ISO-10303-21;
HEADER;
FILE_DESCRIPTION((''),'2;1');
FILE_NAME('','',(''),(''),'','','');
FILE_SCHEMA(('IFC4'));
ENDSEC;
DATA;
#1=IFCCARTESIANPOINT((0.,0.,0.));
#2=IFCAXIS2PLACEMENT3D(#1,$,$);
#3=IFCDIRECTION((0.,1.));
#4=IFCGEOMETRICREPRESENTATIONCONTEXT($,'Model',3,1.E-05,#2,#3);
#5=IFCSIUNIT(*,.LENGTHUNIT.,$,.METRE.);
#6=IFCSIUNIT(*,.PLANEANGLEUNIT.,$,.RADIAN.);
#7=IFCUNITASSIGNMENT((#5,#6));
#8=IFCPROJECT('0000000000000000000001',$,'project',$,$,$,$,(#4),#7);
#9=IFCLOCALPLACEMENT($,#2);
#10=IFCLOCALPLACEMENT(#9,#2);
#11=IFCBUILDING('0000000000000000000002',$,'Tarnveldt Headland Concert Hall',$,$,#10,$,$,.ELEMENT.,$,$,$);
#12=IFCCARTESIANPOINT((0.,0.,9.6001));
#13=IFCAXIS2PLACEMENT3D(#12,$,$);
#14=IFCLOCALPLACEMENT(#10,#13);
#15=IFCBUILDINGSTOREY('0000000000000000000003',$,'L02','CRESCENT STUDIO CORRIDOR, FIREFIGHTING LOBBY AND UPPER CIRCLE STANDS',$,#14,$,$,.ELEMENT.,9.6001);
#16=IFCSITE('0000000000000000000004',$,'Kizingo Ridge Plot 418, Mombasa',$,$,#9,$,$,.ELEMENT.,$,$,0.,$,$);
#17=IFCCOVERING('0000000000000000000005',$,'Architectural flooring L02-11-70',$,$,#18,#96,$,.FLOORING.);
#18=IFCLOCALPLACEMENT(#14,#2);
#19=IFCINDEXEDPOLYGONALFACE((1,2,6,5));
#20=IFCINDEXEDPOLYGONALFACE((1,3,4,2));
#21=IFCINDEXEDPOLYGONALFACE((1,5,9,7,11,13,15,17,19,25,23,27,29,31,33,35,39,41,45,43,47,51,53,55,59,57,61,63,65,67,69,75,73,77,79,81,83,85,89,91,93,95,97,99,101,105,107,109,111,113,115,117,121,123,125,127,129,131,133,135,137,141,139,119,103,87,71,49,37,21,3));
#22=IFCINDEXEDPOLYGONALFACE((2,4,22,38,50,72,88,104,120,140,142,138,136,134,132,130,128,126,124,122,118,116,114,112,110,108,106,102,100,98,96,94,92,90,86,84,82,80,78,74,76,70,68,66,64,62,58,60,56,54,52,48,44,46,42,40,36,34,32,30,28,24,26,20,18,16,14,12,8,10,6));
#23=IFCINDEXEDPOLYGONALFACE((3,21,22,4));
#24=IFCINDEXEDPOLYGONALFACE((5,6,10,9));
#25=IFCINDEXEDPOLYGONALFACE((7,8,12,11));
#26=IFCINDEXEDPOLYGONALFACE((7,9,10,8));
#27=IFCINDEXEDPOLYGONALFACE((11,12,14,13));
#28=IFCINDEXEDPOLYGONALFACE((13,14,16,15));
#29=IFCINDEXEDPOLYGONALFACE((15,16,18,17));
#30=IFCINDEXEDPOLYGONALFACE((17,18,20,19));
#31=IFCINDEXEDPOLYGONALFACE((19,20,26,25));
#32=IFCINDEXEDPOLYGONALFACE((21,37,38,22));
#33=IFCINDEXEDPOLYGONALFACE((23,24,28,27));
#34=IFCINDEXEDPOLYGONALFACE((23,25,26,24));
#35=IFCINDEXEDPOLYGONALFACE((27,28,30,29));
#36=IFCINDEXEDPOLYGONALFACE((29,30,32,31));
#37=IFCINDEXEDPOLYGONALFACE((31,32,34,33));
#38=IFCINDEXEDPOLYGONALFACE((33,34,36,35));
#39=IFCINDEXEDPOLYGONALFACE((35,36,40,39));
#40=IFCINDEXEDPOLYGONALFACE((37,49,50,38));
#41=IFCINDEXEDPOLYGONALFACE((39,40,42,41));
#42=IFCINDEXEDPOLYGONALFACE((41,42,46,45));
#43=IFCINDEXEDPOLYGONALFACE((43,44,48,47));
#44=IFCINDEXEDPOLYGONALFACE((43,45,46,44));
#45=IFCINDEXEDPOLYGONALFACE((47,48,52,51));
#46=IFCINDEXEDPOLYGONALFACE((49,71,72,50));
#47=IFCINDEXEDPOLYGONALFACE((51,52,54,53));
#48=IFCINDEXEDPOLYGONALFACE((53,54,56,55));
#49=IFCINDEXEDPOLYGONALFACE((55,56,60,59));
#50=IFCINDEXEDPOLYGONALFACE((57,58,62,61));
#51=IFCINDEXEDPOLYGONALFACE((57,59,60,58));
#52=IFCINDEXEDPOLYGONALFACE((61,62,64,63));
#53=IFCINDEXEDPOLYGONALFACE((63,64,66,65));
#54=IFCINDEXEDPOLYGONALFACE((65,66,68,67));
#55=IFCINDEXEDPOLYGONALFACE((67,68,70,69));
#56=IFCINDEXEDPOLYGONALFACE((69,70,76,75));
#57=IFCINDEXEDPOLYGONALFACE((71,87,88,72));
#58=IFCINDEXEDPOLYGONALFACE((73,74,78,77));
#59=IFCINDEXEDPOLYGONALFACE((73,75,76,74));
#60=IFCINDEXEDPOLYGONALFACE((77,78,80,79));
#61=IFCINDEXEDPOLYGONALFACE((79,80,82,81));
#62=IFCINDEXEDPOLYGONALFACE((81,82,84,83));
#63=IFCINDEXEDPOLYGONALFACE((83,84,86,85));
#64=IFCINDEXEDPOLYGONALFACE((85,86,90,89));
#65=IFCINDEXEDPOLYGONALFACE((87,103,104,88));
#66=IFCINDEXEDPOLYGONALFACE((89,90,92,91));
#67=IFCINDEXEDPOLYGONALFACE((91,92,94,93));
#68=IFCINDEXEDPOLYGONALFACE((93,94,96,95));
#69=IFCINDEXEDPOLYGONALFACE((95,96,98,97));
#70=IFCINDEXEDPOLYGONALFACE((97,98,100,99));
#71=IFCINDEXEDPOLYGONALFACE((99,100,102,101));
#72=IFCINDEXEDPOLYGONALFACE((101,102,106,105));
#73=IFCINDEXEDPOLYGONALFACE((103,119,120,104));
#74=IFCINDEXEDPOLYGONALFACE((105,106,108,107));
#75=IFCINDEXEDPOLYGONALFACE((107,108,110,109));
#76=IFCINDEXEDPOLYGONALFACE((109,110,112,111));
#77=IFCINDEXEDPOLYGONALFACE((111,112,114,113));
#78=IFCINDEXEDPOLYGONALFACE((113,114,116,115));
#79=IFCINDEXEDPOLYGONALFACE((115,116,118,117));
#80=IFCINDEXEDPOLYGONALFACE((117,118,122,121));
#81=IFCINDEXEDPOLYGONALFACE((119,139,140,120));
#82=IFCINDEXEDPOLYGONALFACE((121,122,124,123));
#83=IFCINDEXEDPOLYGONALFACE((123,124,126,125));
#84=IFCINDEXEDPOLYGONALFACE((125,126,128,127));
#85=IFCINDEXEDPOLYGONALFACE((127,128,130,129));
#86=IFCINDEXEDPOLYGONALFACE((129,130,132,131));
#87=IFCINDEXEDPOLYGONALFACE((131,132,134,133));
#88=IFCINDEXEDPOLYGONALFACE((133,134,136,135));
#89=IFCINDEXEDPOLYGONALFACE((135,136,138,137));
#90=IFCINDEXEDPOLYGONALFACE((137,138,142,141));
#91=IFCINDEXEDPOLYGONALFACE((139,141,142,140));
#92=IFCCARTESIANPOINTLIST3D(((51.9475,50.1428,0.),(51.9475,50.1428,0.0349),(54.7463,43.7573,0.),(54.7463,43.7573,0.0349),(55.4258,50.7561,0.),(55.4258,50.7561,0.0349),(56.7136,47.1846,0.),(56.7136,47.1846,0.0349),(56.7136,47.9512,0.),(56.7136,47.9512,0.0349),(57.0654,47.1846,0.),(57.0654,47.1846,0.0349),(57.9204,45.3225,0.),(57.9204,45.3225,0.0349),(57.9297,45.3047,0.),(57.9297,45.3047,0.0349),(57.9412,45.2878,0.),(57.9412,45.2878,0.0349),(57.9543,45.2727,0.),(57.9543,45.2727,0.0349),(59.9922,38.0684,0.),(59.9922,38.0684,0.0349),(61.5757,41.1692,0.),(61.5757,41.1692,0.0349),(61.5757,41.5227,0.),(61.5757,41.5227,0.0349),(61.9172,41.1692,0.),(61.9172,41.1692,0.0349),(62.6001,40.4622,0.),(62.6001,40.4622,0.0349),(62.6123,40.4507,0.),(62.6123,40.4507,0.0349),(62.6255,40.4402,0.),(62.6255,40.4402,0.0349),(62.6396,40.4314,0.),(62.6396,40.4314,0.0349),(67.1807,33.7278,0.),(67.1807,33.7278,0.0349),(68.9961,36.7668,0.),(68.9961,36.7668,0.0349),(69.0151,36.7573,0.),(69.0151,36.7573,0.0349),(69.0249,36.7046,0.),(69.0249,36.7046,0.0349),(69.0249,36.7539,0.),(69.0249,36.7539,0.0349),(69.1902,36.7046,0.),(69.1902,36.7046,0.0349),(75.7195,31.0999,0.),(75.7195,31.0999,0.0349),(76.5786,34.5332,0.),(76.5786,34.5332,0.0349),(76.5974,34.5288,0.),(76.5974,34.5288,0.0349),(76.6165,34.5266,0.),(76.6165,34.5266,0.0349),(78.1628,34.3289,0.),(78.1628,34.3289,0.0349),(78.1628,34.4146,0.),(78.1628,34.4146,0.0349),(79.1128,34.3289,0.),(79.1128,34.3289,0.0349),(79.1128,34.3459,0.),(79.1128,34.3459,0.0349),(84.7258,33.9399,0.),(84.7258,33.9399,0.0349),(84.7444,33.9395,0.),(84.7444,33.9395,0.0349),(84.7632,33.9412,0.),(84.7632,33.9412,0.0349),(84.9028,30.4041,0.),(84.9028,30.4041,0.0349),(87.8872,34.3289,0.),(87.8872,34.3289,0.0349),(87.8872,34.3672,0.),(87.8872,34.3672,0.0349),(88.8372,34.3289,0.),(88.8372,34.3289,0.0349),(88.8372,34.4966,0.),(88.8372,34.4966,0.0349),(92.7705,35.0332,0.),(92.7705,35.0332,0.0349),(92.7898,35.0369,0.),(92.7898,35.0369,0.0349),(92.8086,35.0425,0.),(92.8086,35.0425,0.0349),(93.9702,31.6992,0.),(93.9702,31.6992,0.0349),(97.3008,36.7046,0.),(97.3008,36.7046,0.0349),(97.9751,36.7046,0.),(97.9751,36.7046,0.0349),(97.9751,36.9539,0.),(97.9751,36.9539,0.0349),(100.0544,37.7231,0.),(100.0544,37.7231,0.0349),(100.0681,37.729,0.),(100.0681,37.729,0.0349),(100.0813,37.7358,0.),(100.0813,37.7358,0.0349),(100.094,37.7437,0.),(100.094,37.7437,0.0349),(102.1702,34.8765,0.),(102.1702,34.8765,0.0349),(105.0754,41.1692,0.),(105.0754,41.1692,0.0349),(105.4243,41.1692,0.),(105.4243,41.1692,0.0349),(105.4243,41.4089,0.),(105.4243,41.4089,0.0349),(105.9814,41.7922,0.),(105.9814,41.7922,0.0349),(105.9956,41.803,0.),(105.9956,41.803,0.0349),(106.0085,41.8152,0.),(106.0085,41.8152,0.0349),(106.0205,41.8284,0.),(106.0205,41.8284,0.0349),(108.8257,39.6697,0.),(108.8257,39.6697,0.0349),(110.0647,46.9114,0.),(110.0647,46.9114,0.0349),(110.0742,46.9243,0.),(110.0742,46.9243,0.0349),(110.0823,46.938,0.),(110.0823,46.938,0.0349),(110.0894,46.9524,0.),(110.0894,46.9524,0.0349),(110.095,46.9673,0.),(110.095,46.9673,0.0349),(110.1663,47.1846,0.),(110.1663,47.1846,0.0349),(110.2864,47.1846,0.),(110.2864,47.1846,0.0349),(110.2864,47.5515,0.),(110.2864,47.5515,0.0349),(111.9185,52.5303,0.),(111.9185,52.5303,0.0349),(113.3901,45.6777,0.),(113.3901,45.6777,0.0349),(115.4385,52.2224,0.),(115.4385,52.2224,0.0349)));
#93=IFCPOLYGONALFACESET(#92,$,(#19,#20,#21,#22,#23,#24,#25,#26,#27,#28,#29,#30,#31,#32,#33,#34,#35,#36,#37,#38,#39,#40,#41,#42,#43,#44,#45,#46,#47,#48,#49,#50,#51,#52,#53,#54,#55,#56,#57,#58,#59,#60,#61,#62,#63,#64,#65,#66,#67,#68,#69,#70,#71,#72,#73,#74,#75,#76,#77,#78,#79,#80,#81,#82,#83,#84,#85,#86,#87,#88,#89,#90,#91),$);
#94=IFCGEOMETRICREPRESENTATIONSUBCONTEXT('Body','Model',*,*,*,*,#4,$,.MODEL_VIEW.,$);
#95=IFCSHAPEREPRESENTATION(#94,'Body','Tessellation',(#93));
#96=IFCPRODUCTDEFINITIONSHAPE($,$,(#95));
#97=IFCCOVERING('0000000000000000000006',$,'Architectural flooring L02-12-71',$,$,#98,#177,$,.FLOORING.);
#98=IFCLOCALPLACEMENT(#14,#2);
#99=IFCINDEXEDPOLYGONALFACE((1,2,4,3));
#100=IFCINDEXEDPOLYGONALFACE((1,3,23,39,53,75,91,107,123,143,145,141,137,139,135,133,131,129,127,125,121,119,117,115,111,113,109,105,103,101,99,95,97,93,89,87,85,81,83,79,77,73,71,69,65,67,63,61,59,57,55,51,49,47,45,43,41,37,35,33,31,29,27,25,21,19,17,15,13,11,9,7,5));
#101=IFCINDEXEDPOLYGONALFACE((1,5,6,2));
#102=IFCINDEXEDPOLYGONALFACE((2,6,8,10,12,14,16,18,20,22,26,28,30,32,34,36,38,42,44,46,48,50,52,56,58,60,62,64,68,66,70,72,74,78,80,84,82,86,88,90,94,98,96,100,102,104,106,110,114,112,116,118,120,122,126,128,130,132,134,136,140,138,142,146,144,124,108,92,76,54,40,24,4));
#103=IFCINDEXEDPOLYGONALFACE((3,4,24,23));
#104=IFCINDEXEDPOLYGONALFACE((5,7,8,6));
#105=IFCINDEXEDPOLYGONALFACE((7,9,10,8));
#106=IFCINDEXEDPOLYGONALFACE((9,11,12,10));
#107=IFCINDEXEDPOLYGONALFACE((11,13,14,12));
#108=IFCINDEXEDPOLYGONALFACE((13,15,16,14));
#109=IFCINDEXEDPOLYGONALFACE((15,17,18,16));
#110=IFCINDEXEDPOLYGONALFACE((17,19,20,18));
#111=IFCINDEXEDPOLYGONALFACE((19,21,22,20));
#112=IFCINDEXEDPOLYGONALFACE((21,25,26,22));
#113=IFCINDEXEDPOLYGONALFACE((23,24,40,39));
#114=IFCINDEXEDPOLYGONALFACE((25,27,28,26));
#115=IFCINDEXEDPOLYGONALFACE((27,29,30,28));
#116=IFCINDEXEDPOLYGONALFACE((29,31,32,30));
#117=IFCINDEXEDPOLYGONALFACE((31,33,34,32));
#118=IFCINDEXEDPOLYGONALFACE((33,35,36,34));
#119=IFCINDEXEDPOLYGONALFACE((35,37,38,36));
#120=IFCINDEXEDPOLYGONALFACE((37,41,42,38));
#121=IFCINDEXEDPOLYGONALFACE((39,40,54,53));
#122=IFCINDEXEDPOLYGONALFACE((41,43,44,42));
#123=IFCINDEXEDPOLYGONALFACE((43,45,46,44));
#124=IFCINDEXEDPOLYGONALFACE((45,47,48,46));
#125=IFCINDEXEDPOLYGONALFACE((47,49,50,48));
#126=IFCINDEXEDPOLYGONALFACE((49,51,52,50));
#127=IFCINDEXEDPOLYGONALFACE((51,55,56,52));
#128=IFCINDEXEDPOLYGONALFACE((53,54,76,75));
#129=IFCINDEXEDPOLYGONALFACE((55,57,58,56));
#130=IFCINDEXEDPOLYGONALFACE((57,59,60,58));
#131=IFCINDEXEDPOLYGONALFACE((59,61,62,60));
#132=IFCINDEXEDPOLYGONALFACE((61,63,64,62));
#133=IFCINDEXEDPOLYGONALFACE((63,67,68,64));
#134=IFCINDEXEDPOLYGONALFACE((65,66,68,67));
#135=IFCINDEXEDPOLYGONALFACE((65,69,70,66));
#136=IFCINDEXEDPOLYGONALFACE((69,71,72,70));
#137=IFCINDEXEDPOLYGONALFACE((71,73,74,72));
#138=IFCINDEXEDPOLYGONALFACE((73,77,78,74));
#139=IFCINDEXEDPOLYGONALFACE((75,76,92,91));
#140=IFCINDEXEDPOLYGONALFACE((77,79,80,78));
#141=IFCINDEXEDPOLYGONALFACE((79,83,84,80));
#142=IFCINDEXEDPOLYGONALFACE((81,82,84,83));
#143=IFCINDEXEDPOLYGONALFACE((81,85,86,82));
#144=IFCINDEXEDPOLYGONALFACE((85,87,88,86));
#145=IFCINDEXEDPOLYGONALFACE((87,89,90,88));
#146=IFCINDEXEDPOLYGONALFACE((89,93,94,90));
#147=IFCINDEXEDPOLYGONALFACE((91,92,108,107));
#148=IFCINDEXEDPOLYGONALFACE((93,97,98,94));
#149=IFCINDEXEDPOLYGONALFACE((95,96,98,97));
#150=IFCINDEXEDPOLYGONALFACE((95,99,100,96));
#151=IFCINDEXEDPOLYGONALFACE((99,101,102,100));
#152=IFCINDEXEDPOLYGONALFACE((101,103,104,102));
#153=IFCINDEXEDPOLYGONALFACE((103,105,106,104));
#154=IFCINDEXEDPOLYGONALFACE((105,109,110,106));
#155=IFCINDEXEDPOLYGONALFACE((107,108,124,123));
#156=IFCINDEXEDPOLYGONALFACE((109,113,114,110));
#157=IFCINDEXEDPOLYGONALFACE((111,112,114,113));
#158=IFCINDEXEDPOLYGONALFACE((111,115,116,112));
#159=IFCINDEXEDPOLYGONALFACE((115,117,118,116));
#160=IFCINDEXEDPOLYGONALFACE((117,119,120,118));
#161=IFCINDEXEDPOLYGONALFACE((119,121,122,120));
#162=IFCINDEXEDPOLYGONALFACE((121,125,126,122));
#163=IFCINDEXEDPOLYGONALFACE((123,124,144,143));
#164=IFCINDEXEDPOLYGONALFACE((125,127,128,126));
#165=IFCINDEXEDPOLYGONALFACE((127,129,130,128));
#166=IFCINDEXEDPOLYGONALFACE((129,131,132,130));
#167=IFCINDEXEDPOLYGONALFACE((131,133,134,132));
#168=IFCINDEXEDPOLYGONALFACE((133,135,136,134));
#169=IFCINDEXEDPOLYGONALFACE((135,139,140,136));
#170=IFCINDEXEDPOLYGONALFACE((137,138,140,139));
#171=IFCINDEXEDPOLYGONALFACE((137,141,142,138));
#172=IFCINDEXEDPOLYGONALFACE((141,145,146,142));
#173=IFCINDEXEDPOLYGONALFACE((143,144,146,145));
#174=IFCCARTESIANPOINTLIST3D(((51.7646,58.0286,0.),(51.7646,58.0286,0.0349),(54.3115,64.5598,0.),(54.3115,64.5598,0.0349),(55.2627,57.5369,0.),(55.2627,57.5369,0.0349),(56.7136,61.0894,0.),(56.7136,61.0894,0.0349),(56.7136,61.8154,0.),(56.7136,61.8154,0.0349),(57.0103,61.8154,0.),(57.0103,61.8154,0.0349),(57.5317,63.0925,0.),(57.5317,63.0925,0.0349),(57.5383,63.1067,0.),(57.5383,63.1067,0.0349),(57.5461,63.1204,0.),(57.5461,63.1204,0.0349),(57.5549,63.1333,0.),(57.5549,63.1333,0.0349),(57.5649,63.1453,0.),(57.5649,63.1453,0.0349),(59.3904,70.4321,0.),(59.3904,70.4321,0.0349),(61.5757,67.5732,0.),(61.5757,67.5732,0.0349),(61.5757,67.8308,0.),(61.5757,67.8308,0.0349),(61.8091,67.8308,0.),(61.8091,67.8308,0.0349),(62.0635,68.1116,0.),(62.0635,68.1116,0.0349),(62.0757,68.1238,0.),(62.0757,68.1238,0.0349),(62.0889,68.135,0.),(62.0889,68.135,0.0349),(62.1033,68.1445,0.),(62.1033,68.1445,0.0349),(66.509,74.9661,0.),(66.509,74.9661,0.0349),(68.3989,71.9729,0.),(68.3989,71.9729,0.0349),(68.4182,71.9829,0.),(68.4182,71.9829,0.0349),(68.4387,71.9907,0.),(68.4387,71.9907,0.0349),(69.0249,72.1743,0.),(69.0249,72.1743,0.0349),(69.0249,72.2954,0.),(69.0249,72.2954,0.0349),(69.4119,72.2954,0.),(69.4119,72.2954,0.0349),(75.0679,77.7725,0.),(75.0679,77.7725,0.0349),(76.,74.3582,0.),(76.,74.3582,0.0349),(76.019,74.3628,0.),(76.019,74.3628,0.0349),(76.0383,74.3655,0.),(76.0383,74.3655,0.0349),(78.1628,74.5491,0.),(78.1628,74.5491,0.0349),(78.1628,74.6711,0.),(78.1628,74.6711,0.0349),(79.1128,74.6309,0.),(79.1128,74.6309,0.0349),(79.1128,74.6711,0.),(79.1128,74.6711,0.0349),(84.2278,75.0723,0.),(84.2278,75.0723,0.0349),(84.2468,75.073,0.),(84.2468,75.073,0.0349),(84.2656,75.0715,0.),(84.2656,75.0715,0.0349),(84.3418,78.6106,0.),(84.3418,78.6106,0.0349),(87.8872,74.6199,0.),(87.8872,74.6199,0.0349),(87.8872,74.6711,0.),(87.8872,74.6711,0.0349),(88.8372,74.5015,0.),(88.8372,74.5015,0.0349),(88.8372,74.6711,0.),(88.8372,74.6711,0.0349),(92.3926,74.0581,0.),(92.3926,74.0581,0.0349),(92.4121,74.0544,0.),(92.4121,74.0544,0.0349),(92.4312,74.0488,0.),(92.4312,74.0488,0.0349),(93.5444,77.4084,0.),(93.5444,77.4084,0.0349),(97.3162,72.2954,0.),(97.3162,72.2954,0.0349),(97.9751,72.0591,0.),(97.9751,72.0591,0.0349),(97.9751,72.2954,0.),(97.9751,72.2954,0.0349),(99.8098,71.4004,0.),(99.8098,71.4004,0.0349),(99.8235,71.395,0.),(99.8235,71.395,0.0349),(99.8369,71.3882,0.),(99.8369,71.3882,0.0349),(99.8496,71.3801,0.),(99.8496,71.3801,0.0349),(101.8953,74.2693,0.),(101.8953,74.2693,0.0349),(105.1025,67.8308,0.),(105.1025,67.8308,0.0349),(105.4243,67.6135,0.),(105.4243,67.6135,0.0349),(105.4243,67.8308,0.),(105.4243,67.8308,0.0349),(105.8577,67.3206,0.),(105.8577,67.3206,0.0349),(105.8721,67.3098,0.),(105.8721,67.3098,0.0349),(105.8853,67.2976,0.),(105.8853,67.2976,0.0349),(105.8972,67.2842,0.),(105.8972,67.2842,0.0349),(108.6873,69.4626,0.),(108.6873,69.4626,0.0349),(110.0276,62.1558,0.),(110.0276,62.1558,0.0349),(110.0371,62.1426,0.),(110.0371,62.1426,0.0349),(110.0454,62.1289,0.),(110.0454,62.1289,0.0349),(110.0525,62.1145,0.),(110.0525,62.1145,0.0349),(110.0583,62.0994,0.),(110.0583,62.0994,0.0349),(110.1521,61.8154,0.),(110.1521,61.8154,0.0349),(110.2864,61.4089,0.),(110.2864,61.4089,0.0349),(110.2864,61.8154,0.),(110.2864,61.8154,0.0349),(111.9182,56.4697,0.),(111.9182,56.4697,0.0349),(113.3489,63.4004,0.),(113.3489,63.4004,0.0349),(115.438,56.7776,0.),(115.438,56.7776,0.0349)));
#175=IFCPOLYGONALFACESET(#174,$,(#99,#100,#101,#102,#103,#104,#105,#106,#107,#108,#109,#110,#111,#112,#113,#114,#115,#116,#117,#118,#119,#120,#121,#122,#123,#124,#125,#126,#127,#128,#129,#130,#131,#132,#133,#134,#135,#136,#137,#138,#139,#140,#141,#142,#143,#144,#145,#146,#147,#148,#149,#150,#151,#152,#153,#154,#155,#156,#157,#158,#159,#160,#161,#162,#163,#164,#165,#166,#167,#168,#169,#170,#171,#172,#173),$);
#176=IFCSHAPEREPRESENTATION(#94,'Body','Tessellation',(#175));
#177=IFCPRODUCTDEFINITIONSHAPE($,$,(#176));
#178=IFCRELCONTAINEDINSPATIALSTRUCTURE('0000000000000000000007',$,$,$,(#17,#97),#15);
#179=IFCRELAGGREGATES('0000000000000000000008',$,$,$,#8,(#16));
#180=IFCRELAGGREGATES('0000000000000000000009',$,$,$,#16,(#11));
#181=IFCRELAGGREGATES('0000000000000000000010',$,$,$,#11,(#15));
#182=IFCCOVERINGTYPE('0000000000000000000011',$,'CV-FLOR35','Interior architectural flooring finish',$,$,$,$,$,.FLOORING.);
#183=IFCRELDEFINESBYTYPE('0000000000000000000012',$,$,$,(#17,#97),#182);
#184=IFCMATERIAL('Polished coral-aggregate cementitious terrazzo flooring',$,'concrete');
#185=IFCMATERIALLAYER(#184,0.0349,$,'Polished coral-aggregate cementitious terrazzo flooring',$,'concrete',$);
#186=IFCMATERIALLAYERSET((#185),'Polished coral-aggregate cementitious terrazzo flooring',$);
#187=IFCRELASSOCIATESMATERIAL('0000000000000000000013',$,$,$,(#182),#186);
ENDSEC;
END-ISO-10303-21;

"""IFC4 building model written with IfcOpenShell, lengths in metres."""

from ifc_helpers import new_model, si_unit, direction, frame, origin, place, context, subcontext, project, spatial, polyline, outline, extrude, material, layer, layer_set, type_object, element, save


model = new_model("IFC4")

# Units and contexts
model_context = context("Model", 3, precision=1e-05, world=origin(), true_north=direction((0.0, 1.0)))
body_context = subcontext(model_context, "Body", "Model", "MODEL_VIEW")
ifc_project = project(units=[si_unit("LENGTHUNIT", "METRE"), si_unit("PLANEANGLEUNIT", "RADIAN")], contexts=[model_context])

# Site, building, storey
site_placement = place(None, origin())
site = spatial("IfcSite", under=ifc_project, at=site_placement, Name="Kizingo Ridge Plot 418, Mombasa", CompositionType="ELEMENT", RefElevation=0.0)
building_placement = place(site_placement, origin())
building = spatial("IfcBuilding", under=site, at=building_placement, Name="Tarnveldt Headland Concert Hall", CompositionType="ELEMENT")
storey_placement = place(building_placement, frame((0.0, 0.0, 9.6001)))
storey = spatial("IfcBuildingStorey", under=building, at=storey_placement, Name="L02", Description="CRESCENT STUDIO CORRIDOR, FIREFIGHTING LOBBY AND UPPER CIRCLE STANDS", CompositionType="ELEMENT", Elevation=9.6001)

# Coverings
ifc_material_1 = material(Name="Polished coral-aggregate cementitious terrazzo flooring", Category="concrete")
ifc_layer_1 = layer(ifc_material_1, 0.0349, Name="Polished coral-aggregate cementitious terrazzo flooring", Category="concrete")
ifc_layer_set_1 = layer_set([ifc_layer_1], Name="Polished coral-aggregate cementitious terrazzo flooring")
covering_type_1 = type_object("IfcCoveringType", Name="CV-FLOR35", Description="Interior architectural flooring finish", PredefinedType="FLOORING", material=ifc_layer_set_1)
covering_1_placement = place(storey_placement, origin())
element("IfcCovering", 1, at=covering_1_placement, inside=storey, type_object=covering_type_1, Name="Architectural flooring L02-11-70", PredefinedType="FLOORING", context=body_context, shape_type="SweptSolid", body=[
    extrude(outline(polyline([(61.5757, 41.5227), (61.5757, 41.1692), (61.9172, 41.1692), (62.6001, 40.4622), (62.6123, 40.4507), (62.6255, 40.4402), (62.6396, 40.4314), (68.9961, 36.7668), (69.0151, 36.7573), (69.0249, 36.7539), (69.0249, 36.7046), (69.1902, 36.7046), (76.5786, 34.5332), (76.5974, 34.5288), (76.6165, 34.5266), (78.1628, 34.4146), (78.1628, 34.3289), (79.1128, 34.3289), (79.1128, 34.3459), (84.7258, 33.9399), (84.7444, 33.9395), (84.7632, 33.9412), (87.8872, 34.3672), (87.8872, 34.3289), (88.8372, 34.3289), (88.8372, 34.4966), (92.7705, 35.0332), (92.7898, 35.0369), (92.8086, 35.0425), (97.3008, 36.7046), (97.9751, 36.7046), (97.9751, 36.9539), (100.0544, 37.7231), (100.0681, 37.729), (100.0813, 37.7358), (100.094, 37.7437), (105.0754, 41.1692), (105.4243, 41.1692), (105.4243, 41.4089), (105.9814, 41.7922), (105.9956, 41.803), (106.0085, 41.8152), (106.0205, 41.8284), (110.0647, 46.9114), (110.0742, 46.9243), (110.0823, 46.938), (110.0894, 46.9524), (110.095, 46.9673), (110.1663, 47.1846), (110.2864, 47.1846), (110.2864, 47.5515), (111.9185, 52.5303), (115.4385, 52.2224), (113.3901, 45.6777), (108.8257, 39.6697), (102.1702, 34.8765), (93.9702, 31.6992), (84.9028, 30.4041), (75.7195, 31.0999), (67.1807, 33.7278), (59.9922, 38.0684), (54.7463, 43.7573), (51.9475, 50.1428), (55.4258, 50.7561), (56.7136, 47.9512), (56.7136, 47.1846), (57.0654, 47.1846), (57.9204, 45.3225), (57.9297, 45.3047), (57.9412, 45.2878), (57.9543, 45.2727), (61.5757, 41.5227)])), origin(), (0.0, 0.0, 1.0), 0.0349),
])
covering_2_placement = place(storey_placement, origin())
element("IfcCovering", 2, at=covering_2_placement, inside=storey, type_object=covering_type_1, Name="Architectural flooring L02-12-71", PredefinedType="FLOORING", context=body_context, shape_type="SweptSolid", body=[
    extrude(outline(polyline([(110.0276, 62.1558), (105.8972, 67.2842), (105.8853, 67.2976), (105.8721, 67.3098), (105.8577, 67.3206), (105.4243, 67.6135), (105.4243, 67.8308), (105.1025, 67.8308), (99.8496, 71.3801), (99.8369, 71.3882), (99.8235, 71.395), (99.8098, 71.4004), (97.9751, 72.0591), (97.9751, 72.2954), (97.3162, 72.2954), (92.4312, 74.0488), (92.4121, 74.0544), (92.3926, 74.0581), (88.8372, 74.5015), (88.8372, 74.6711), (87.8872, 74.6711), (87.8872, 74.6199), (84.2656, 75.0715), (84.2468, 75.073), (84.2278, 75.0723), (79.1128, 74.6309), (79.1128, 74.6711), (78.1628, 74.6711), (78.1628, 74.5491), (76.0383, 74.3655), (76.019, 74.3628), (76.0, 74.3582), (69.4119, 72.2954), (69.0249, 72.2954), (69.0249, 72.1743), (68.4387, 71.9907), (68.4182, 71.9829), (68.3989, 71.9729), (62.1033, 68.1445), (62.0889, 68.135), (62.0757, 68.1238), (62.0635, 68.1116), (61.8091, 67.8308), (61.5757, 67.8308), (61.5757, 67.5732), (57.5649, 63.1453), (57.5549, 63.1333), (57.5461, 63.1204), (57.5383, 63.1067), (57.5317, 63.0925), (57.0103, 61.8154), (56.7136, 61.8154), (56.7136, 61.0894), (55.2627, 57.5369), (51.7646, 58.0286), (54.3115, 64.5598), (59.3904, 70.4321), (66.509, 74.9661), (75.0679, 77.7725), (84.3418, 78.6106), (93.5444, 77.4084), (101.8953, 74.2693), (108.6873, 69.4626), (113.3489, 63.4004), (115.438, 56.7776), (111.9182, 56.4697), (110.2864, 61.4089), (110.2864, 61.8154), (110.1521, 61.8154), (110.0583, 62.0994), (110.0525, 62.1145), (110.0454, 62.1289), (110.0371, 62.1426), (110.0276, 62.1558)])), origin(), (0.0, 0.0, 1.0), 0.0349),
])

save(model, "model.ifc")
